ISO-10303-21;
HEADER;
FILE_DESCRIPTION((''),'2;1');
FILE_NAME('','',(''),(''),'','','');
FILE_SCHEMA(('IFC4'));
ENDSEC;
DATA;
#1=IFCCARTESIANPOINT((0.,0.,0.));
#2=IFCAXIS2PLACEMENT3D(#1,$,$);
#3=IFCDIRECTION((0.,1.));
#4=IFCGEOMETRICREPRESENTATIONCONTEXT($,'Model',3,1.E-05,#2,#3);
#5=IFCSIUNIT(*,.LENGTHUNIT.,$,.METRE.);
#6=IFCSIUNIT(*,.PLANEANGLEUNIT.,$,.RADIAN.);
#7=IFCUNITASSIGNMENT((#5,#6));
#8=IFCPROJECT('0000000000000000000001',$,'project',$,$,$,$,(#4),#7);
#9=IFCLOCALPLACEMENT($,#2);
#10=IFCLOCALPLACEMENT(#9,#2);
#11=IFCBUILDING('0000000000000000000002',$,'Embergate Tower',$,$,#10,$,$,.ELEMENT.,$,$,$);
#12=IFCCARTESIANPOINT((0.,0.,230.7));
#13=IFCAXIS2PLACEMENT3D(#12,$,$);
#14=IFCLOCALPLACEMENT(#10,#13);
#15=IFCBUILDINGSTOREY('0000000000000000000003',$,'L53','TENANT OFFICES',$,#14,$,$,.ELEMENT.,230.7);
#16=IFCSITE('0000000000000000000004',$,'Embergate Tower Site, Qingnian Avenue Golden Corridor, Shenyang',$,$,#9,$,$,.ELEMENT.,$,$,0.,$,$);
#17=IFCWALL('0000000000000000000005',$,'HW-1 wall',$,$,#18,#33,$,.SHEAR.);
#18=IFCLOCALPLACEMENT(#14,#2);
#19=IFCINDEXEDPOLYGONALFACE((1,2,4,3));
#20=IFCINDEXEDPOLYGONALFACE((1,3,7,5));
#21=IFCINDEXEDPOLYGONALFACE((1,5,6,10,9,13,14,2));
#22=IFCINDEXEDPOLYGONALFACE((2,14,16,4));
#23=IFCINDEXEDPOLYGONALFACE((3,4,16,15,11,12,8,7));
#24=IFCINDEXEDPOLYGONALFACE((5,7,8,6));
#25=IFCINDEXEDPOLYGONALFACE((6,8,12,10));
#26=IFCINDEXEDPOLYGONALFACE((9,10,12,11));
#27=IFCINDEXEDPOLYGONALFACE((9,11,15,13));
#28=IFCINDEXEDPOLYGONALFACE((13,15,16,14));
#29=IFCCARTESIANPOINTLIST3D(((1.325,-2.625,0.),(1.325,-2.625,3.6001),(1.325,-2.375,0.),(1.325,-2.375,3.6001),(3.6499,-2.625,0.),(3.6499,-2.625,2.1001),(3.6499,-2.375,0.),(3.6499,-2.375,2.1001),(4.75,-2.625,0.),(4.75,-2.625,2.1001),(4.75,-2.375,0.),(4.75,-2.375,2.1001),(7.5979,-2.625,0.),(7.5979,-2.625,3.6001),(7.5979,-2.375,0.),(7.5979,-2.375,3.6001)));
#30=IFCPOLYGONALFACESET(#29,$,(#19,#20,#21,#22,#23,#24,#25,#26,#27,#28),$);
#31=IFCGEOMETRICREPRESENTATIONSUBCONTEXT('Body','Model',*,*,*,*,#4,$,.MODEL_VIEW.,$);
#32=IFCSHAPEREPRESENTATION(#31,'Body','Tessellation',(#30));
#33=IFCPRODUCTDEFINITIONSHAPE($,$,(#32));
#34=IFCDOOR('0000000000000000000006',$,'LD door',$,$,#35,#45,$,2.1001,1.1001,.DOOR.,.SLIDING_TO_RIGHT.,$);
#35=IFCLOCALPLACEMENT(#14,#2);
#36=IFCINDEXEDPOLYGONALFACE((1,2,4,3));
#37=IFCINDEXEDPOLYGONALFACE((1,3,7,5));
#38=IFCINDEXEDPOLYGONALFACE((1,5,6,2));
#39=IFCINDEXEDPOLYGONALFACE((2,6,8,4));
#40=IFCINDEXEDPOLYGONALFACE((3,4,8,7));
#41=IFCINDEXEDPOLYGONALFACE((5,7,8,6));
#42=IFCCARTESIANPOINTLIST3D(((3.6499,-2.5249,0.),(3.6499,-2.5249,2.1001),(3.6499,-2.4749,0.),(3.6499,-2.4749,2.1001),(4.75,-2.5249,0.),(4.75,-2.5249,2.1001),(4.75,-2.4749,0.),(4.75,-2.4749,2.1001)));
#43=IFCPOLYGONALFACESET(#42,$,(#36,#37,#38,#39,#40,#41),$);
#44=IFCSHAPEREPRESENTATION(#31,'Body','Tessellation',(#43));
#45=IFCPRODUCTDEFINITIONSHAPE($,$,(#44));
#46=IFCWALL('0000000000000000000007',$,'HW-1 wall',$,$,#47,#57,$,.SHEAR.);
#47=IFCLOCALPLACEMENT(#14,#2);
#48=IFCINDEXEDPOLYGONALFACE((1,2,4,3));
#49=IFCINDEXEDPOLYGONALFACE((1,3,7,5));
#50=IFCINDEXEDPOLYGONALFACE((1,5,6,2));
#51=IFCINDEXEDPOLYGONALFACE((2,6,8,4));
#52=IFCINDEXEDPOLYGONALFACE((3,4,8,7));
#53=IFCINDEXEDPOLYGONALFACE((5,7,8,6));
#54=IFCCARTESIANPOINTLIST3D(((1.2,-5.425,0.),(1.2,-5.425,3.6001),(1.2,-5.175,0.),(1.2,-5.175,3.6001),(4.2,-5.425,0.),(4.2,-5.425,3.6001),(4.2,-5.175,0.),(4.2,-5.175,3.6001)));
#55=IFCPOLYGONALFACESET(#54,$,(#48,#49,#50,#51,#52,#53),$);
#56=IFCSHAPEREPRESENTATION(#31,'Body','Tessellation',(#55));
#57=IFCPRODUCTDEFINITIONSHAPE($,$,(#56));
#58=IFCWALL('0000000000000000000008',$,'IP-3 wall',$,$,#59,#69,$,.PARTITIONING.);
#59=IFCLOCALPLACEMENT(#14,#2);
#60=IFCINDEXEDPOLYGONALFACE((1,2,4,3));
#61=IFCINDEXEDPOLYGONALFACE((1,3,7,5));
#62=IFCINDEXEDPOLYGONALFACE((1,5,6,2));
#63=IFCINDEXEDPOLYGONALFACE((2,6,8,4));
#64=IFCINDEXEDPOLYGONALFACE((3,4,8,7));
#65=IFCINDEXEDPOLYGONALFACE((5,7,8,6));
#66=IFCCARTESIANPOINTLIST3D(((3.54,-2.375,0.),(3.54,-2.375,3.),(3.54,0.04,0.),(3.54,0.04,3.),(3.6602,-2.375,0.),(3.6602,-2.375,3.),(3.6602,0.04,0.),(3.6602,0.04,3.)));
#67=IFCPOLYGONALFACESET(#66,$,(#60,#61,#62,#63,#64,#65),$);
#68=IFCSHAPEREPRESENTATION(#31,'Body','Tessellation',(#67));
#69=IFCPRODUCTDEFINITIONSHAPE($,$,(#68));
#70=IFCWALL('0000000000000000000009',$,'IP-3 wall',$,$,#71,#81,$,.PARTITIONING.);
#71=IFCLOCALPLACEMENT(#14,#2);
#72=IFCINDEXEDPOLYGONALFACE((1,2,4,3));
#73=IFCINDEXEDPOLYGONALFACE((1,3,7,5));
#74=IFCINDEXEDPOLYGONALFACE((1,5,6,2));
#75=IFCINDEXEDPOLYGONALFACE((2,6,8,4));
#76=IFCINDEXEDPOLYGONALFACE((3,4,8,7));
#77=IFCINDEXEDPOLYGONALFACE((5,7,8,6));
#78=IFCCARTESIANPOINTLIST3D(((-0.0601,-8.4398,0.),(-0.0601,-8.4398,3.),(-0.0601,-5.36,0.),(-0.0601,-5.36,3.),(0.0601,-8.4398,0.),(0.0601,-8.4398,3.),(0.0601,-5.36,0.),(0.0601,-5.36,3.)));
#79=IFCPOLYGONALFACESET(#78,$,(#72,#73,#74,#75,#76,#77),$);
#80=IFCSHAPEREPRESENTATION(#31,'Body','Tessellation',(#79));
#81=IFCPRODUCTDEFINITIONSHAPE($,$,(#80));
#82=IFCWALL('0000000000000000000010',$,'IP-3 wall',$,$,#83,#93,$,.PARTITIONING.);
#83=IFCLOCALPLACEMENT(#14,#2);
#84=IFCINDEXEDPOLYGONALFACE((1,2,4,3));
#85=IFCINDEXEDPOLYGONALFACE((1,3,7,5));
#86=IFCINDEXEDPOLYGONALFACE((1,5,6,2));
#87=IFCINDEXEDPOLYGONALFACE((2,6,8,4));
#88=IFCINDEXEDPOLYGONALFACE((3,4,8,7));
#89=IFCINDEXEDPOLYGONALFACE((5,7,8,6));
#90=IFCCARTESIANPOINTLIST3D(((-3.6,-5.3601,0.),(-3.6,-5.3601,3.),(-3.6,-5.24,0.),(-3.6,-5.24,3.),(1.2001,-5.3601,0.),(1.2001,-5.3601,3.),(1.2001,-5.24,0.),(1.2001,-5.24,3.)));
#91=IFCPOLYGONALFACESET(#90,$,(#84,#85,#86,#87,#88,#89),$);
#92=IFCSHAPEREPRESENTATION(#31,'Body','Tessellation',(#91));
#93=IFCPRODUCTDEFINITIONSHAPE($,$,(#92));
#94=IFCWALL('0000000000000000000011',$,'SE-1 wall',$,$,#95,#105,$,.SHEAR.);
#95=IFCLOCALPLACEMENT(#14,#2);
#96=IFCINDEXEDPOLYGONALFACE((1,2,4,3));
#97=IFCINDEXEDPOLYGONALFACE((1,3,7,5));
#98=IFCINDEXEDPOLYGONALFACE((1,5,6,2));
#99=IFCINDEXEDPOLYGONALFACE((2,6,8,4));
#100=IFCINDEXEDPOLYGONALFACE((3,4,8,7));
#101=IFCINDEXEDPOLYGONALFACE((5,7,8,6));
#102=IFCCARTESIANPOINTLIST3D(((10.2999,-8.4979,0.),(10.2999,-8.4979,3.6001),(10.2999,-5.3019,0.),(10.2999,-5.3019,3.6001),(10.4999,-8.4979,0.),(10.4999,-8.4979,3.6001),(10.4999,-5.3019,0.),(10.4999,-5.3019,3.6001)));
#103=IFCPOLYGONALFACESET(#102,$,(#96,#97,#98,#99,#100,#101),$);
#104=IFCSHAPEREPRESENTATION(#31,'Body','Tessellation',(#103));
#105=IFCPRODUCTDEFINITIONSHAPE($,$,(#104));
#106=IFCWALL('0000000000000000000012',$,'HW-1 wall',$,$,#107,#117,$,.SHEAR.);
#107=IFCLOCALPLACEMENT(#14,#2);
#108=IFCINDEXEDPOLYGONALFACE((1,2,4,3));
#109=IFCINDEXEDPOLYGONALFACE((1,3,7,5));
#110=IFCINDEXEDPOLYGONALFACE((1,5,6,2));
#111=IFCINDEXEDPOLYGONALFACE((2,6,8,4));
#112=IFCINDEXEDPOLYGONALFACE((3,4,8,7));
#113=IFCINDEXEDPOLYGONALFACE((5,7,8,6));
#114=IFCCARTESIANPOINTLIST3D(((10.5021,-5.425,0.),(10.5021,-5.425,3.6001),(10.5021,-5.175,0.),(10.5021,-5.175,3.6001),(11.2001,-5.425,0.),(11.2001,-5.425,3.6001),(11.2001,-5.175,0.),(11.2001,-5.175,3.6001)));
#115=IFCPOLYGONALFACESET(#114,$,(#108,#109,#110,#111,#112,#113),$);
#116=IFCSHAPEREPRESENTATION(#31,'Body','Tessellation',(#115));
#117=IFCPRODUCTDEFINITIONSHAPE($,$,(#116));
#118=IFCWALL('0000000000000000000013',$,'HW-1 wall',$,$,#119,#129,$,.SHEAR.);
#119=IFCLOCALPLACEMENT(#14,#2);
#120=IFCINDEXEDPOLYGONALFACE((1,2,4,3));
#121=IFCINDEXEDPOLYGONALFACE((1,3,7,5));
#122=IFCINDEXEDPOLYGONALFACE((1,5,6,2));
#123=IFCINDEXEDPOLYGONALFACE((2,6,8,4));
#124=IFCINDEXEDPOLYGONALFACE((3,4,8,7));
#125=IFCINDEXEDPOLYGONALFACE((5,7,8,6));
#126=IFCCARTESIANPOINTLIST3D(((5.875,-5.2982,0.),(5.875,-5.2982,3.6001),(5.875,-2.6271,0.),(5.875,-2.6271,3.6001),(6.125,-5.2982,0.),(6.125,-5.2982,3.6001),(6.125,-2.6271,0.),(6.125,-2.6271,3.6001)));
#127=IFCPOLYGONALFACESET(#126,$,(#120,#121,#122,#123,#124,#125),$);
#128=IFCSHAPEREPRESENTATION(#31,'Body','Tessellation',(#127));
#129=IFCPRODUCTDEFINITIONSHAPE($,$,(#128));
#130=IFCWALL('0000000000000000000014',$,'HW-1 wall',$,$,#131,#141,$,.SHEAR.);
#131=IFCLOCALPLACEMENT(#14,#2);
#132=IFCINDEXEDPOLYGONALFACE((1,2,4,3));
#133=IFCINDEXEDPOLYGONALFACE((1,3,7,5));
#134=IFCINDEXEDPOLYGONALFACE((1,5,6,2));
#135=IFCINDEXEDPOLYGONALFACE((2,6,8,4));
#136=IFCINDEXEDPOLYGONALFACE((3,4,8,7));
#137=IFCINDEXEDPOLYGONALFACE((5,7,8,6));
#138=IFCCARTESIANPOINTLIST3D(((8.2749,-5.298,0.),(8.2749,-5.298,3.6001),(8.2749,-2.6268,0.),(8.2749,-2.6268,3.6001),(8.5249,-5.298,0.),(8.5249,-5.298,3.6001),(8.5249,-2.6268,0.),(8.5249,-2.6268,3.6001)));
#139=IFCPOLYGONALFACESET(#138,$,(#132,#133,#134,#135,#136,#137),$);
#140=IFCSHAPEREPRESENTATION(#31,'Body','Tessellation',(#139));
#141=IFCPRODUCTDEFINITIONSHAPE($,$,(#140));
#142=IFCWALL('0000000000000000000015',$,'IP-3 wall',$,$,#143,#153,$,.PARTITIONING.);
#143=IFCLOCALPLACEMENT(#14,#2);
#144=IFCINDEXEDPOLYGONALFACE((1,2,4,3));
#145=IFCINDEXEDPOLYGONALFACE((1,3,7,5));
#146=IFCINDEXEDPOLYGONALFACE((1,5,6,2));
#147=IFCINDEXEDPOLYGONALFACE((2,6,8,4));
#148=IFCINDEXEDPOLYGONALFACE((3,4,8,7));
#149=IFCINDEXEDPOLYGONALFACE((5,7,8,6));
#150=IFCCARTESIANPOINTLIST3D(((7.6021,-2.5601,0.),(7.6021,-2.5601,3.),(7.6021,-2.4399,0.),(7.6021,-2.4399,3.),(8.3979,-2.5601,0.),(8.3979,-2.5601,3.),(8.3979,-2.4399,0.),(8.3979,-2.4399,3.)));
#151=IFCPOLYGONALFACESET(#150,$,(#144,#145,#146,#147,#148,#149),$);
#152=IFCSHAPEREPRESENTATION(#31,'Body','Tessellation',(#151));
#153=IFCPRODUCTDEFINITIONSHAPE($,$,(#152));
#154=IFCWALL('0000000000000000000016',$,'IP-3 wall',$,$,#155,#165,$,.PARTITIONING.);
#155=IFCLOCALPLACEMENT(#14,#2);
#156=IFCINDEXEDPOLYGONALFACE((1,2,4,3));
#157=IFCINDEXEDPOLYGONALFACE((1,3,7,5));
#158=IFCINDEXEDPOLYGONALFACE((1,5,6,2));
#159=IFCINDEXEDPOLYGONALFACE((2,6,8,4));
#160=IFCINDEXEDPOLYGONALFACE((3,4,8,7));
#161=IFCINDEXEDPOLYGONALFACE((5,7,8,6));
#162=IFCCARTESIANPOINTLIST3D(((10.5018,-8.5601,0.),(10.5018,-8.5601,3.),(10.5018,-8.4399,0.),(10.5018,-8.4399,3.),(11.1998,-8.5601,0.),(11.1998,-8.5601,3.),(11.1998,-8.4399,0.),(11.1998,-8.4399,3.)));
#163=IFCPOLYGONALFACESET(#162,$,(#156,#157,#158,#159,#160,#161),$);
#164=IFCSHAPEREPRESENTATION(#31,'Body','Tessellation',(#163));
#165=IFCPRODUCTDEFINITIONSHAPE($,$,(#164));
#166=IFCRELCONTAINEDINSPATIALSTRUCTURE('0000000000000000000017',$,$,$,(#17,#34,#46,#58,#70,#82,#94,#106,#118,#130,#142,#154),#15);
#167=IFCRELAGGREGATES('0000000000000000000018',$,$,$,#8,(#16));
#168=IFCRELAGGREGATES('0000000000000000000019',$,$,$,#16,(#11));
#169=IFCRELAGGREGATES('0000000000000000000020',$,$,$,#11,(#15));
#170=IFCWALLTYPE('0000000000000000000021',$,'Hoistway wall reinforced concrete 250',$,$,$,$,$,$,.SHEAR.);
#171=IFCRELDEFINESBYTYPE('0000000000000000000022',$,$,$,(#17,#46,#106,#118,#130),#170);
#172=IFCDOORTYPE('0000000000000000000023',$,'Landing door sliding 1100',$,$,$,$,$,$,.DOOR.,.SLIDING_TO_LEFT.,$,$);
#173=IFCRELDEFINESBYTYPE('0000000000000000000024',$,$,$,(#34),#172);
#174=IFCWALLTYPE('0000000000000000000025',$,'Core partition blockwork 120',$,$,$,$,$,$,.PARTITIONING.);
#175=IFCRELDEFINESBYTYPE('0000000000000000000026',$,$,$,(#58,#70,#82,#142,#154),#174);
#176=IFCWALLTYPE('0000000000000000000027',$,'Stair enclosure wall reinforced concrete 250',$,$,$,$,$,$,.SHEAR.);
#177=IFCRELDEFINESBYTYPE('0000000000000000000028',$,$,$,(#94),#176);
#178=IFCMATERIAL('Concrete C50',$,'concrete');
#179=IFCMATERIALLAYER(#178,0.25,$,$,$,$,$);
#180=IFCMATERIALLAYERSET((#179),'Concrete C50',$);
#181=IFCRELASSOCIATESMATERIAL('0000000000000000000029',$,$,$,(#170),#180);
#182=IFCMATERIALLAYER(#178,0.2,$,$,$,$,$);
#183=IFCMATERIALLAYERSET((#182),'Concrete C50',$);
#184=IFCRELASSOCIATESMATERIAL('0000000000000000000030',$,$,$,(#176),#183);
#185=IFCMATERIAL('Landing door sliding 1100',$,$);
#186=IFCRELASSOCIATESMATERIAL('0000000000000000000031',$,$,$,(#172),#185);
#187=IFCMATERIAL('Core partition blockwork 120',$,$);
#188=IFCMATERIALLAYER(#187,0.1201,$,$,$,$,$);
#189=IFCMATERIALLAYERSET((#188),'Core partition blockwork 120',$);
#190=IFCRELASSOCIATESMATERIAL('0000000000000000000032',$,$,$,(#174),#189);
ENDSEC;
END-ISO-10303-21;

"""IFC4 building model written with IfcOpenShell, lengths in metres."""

from ifc_helpers import new_model, si_unit, direction, frame, frame_2d, origin, place, context, subcontext, project, spatial, rectangle, extrude, source, transform, mapped, material, layer, layer_set, type_object, element, fill, save


model = new_model("IFC4")

# Units and contexts
model_context = context("Model", 3, precision=1e-05, world=origin(), true_north=direction((0.0, 1.0)))
body_context = subcontext(model_context, "Body", "Model", "MODEL_VIEW")
ifc_project = project(units=[si_unit("LENGTHUNIT", "METRE"), si_unit("PLANEANGLEUNIT", "RADIAN")], contexts=[model_context])

# Site, building, storey
site_placement = place(None, origin())
site = spatial("IfcSite", under=ifc_project, at=site_placement, Name="Embergate Tower Site, Qingnian Avenue Golden Corridor, Shenyang", CompositionType="ELEMENT", RefElevation=0.0)
building_placement = place(site_placement, origin())
building = spatial("IfcBuilding", under=site, at=building_placement, Name="Embergate Tower", CompositionType="ELEMENT")
storey_placement = place(building_placement, frame((0.0, 0.0, 230.7)))
storey = spatial("IfcBuildingStorey", under=building, at=storey_placement, Name="L53", Description="TENANT OFFICES", CompositionType="ELEMENT", Elevation=230.7)

# Shared definitions
ifc_material_1 = material(Name="Concrete C50", Category="concrete")
ifc_layer_1 = layer(ifc_material_1, 0.25)
ifc_layer_set_1 = layer_set([ifc_layer_1], Name="Concrete C50")
wall_type_1 = type_object("IfcWallType", Name="Hoistway wall reinforced concrete 250", PredefinedType="SHEAR", material=ifc_layer_set_1)
ifc_layer_2 = layer(ifc_material_1, 0.2)
ifc_layer_set_2 = layer_set([ifc_layer_2], Name="Concrete C50")
wall_type_2 = type_object("IfcWallType", Name="Stair enclosure wall reinforced concrete 250", PredefinedType="SHEAR", material=ifc_layer_set_2)

# Wall, opening, door
shared_shape_1 = source(origin(), body_context, "Body", "SweptSolid", [
    extrude(rectangle(XDim=1.1001, YDim=2.1001, at=frame_2d((0.55, 1.05))), frame((0.0, 0.135, 0.0), z_axis=(0.0, -1.0, 0.0), x_axis=(1.0, 0.0, 0.0)), (0.0, 0.0, 1.0), 0.27),
])
ifc_material_2 = material(Name="Landing door sliding 1100")
door_type_1 = type_object("IfcDoorType", Name="Landing door sliding 1100", OperationType="SLIDING_TO_LEFT", PredefinedType="DOOR", material=ifc_material_2)
shared_shape_2 = source(origin(), body_context, "Body", "SweptSolid", [
    extrude(rectangle(XDim=1.1001, YDim=2.1001, at=frame_2d((0.55, 1.05))), frame((0.0, 0.0249, 0.0), z_axis=(0.0, -1.0, 0.0), x_axis=(1.0, 0.0, 0.0)), (0.0, 0.0, 1.0), 0.05),
])
shared_shape_3 = source(origin(), body_context, "Body", "SweptSolid", [
    extrude(rectangle(XDim=6.2729, YDim=0.25, at=frame_2d((3.1365, 0.0))), origin(), (0.0, 0.0, 1.0), 3.6001),
])
wall_1_placement = place(storey_placement, frame((7.5979, -2.5, 0.0), z_axis=(0.0, 0.0, 1.0), x_axis=(-1.0, 0.0, 0.0)))
wall_1 = element("IfcWall", 1, at=wall_1_placement, inside=storey, type_object=wall_type_1, Name="HW-1 wall", PredefinedType="SHEAR", context=body_context, shape_type="MappedRepresentation", body=[
    mapped(shared_shape_3, transform((0.0, 0.0, 0.0))),
])
opening_1_placement = place(wall_1_placement, frame((2.8479, 0.0, 0.0)))
opening_1 = element("IfcOpeningElement", 2, at=opening_1_placement, cuts=wall_1, PredefinedType="OPENING", context=body_context, shape_type="MappedRepresentation", body=[
    mapped(shared_shape_1, transform((0.0, 0.0, 0.0))),
])
door_1_placement = place(opening_1_placement, origin())
door_1 = element("IfcDoor", 3, at=door_1_placement, inside=storey, type_object=door_type_1, Name="LD door", OperationType="SLIDING_TO_RIGHT", OverallHeight=2.1001, OverallWidth=1.1001, PredefinedType="DOOR", context=body_context, shape_type="MappedRepresentation", body=[
    mapped(shared_shape_2, transform((0.0, 0.0, 0.0))),
])
fill(opening_1, door_1)

# Walls
shared_shape_4 = source(origin(), body_context, "Body", "SweptSolid", [
    extrude(rectangle(XDim=3.0, YDim=0.25, at=frame_2d((1.5, 0.0))), origin(), (0.0, 0.0, 1.0), 3.6001),
])
wall_2_placement = place(storey_placement, frame((1.2, -5.3, 0.0), z_axis=(0.0, 0.0, 1.0), x_axis=(1.0, 0.0, 0.0)))
element("IfcWall", 4, at=wall_2_placement, inside=storey, type_object=wall_type_1, Name="HW-1 wall", PredefinedType="SHEAR", context=body_context, shape_type="MappedRepresentation", body=[
    mapped(shared_shape_4, transform((0.0, 0.0, 0.0))),
])
ifc_material_3 = material(Name="Core partition blockwork 120")
ifc_layer_3 = layer(ifc_material_3, 0.1201)
ifc_layer_set_3 = layer_set([ifc_layer_3], Name="Core partition blockwork 120")
wall_type_3 = type_object("IfcWallType", Name="Core partition blockwork 120", PredefinedType="PARTITIONING", material=ifc_layer_set_3)
shared_shape_5 = source(origin(), body_context, "Body", "SweptSolid", [
    extrude(rectangle(XDim=2.415, YDim=0.1201, at=frame_2d((1.2075, 0.0))), origin(), (0.0, 0.0, 1.0), 3.0),
])
wall_3_placement = place(storey_placement, frame((3.6001, -2.375, 0.0), z_axis=(0.0, 0.0, 1.0), x_axis=(0.0, 1.0, 0.0)))
element("IfcWall", 5, at=wall_3_placement, inside=storey, type_object=wall_type_3, Name="IP-3 wall", PredefinedType="PARTITIONING", context=body_context, shape_type="MappedRepresentation", body=[
    mapped(shared_shape_5, transform((0.0, 0.0, 0.0))),
])
shared_shape_6 = source(origin(), body_context, "Body", "SweptSolid", [
    extrude(rectangle(XDim=3.0798, YDim=0.1201, at=frame_2d((1.54, 0.0))), origin(), (0.0, 0.0, 1.0), 3.0),
])
wall_4_placement = place(storey_placement, frame((0.0, -8.4399, 0.0), z_axis=(0.0, 0.0, 1.0), x_axis=(0.0, 1.0, 0.0)))
element("IfcWall", 6, at=wall_4_placement, inside=storey, type_object=wall_type_3, Name="IP-3 wall", PredefinedType="PARTITIONING", context=body_context, shape_type="MappedRepresentation", body=[
    mapped(shared_shape_6, transform((0.0, 0.0, 0.0))),
])
shared_shape_7 = source(origin(), body_context, "Body", "SweptSolid", [
    extrude(rectangle(XDim=4.8, YDim=0.1201, at=frame_2d((2.3999, 0.0))), origin(), (0.0, 0.0, 1.0), 3.0),
])
wall_5_placement = place(storey_placement, frame((1.2, -5.3, 0.0), z_axis=(0.0, 0.0, 1.0), x_axis=(-1.0, 0.0, 0.0)))
element("IfcWall", 7, at=wall_5_placement, inside=storey, type_object=wall_type_3, Name="IP-3 wall", PredefinedType="PARTITIONING", context=body_context, shape_type="MappedRepresentation", body=[
    mapped(shared_shape_7, transform((0.0, 0.0, 0.0))),
])
shared_shape_8 = source(origin(), body_context, "Body", "SweptSolid", [
    extrude(rectangle(XDim=3.196, YDim=0.2, at=frame_2d((1.5981, 0.0))), origin(), (0.0, 0.0, 1.0), 3.6001),
])
wall_6_placement = place(storey_placement, frame((10.3999, -8.498, 0.0), z_axis=(0.0, 0.0, 1.0), x_axis=(0.0, 1.0, 0.0)))
element("IfcWall", 8, at=wall_6_placement, inside=storey, type_object=wall_type_2, Name="SE-1 wall", PredefinedType="SHEAR", context=body_context, shape_type="MappedRepresentation", body=[
    mapped(shared_shape_8, transform((0.0, 0.0, 0.0))),
])
shared_shape_9 = source(origin(), body_context, "Body", "SweptSolid", [
    extrude(rectangle(XDim=0.698, YDim=0.25, at=frame_2d((0.3491, 0.0))), origin(), (0.0, 0.0, 1.0), 3.6001),
])
wall_7_placement = place(storey_placement, frame((10.502, -5.3, 0.0), z_axis=(0.0, 0.0, 1.0), x_axis=(1.0, 0.0, 0.0)))
element("IfcWall", 9, at=wall_7_placement, inside=storey, type_object=wall_type_1, Name="HW-1 wall", PredefinedType="SHEAR", context=body_context, shape_type="MappedRepresentation", body=[
    mapped(shared_shape_9, transform((0.0, 0.0, 0.0))),
])
shared_shape_10 = source(origin(), body_context, "Body", "SweptSolid", [
    extrude(rectangle(XDim=2.6711, YDim=0.25, at=frame_2d((1.3354, 0.0))), origin(), (0.0, 0.0, 1.0), 3.6001),
])
for number, where, z_axis, x_axis, name in (
    (10, (6.0, -5.2981, 0.0), (0.0, 0.0, 1.0), (0.0, 1.0, 0.0), "HW-1 wall"),
    (11, (8.3999, -2.627, 0.0), (0.0, 0.0, 1.0), (0.0, -1.0, 0.0), "HW-1 wall"),
):
    element("IfcWall", number, at=place(storey_placement, frame(where, z_axis=z_axis, x_axis=x_axis)), inside=storey, type_object=wall_type_1, Name=name, PredefinedType="SHEAR", context=body_context, shape_type="MappedRepresentation", body=[
        mapped(shared_shape_10, transform((0.0, 0.0, 0.0))),
    ])
shared_shape_11 = source(origin(), body_context, "Body", "SweptSolid", [
    extrude(rectangle(XDim=0.7959, YDim=0.1201, at=frame_2d((0.3979, 0.0))), origin(), (0.0, 0.0, 1.0), 3.0),
])
wall_8_placement = place(storey_placement, frame((7.6021, -2.5, 0.0), z_axis=(0.0, 0.0, 1.0), x_axis=(1.0, 0.0, 0.0)))
element("IfcWall", 12, at=wall_8_placement, inside=storey, type_object=wall_type_3, Name="IP-3 wall", PredefinedType="PARTITIONING", context=body_context, shape_type="MappedRepresentation", body=[
    mapped(shared_shape_11, transform((0.0, 0.0, 0.0))),
])
shared_shape_12 = source(origin(), body_context, "Body", "SweptSolid", [
    extrude(rectangle(XDim=0.698, YDim=0.1201, at=frame_2d((0.3491, 0.0))), origin(), (0.0, 0.0, 1.0), 3.0),
])
wall_9_placement = place(storey_placement, frame((11.2, -8.5, 0.0), z_axis=(0.0, 0.0, 1.0), x_axis=(-1.0, 0.0, 0.0)))
element("IfcWall", 13, at=wall_9_placement, inside=storey, type_object=wall_type_3, Name="IP-3 wall", PredefinedType="PARTITIONING", context=body_context, shape_type="MappedRepresentation", body=[
    mapped(shared_shape_12, transform((0.0, 0.0, 0.0))),
])

save(model, "model.ifc")
